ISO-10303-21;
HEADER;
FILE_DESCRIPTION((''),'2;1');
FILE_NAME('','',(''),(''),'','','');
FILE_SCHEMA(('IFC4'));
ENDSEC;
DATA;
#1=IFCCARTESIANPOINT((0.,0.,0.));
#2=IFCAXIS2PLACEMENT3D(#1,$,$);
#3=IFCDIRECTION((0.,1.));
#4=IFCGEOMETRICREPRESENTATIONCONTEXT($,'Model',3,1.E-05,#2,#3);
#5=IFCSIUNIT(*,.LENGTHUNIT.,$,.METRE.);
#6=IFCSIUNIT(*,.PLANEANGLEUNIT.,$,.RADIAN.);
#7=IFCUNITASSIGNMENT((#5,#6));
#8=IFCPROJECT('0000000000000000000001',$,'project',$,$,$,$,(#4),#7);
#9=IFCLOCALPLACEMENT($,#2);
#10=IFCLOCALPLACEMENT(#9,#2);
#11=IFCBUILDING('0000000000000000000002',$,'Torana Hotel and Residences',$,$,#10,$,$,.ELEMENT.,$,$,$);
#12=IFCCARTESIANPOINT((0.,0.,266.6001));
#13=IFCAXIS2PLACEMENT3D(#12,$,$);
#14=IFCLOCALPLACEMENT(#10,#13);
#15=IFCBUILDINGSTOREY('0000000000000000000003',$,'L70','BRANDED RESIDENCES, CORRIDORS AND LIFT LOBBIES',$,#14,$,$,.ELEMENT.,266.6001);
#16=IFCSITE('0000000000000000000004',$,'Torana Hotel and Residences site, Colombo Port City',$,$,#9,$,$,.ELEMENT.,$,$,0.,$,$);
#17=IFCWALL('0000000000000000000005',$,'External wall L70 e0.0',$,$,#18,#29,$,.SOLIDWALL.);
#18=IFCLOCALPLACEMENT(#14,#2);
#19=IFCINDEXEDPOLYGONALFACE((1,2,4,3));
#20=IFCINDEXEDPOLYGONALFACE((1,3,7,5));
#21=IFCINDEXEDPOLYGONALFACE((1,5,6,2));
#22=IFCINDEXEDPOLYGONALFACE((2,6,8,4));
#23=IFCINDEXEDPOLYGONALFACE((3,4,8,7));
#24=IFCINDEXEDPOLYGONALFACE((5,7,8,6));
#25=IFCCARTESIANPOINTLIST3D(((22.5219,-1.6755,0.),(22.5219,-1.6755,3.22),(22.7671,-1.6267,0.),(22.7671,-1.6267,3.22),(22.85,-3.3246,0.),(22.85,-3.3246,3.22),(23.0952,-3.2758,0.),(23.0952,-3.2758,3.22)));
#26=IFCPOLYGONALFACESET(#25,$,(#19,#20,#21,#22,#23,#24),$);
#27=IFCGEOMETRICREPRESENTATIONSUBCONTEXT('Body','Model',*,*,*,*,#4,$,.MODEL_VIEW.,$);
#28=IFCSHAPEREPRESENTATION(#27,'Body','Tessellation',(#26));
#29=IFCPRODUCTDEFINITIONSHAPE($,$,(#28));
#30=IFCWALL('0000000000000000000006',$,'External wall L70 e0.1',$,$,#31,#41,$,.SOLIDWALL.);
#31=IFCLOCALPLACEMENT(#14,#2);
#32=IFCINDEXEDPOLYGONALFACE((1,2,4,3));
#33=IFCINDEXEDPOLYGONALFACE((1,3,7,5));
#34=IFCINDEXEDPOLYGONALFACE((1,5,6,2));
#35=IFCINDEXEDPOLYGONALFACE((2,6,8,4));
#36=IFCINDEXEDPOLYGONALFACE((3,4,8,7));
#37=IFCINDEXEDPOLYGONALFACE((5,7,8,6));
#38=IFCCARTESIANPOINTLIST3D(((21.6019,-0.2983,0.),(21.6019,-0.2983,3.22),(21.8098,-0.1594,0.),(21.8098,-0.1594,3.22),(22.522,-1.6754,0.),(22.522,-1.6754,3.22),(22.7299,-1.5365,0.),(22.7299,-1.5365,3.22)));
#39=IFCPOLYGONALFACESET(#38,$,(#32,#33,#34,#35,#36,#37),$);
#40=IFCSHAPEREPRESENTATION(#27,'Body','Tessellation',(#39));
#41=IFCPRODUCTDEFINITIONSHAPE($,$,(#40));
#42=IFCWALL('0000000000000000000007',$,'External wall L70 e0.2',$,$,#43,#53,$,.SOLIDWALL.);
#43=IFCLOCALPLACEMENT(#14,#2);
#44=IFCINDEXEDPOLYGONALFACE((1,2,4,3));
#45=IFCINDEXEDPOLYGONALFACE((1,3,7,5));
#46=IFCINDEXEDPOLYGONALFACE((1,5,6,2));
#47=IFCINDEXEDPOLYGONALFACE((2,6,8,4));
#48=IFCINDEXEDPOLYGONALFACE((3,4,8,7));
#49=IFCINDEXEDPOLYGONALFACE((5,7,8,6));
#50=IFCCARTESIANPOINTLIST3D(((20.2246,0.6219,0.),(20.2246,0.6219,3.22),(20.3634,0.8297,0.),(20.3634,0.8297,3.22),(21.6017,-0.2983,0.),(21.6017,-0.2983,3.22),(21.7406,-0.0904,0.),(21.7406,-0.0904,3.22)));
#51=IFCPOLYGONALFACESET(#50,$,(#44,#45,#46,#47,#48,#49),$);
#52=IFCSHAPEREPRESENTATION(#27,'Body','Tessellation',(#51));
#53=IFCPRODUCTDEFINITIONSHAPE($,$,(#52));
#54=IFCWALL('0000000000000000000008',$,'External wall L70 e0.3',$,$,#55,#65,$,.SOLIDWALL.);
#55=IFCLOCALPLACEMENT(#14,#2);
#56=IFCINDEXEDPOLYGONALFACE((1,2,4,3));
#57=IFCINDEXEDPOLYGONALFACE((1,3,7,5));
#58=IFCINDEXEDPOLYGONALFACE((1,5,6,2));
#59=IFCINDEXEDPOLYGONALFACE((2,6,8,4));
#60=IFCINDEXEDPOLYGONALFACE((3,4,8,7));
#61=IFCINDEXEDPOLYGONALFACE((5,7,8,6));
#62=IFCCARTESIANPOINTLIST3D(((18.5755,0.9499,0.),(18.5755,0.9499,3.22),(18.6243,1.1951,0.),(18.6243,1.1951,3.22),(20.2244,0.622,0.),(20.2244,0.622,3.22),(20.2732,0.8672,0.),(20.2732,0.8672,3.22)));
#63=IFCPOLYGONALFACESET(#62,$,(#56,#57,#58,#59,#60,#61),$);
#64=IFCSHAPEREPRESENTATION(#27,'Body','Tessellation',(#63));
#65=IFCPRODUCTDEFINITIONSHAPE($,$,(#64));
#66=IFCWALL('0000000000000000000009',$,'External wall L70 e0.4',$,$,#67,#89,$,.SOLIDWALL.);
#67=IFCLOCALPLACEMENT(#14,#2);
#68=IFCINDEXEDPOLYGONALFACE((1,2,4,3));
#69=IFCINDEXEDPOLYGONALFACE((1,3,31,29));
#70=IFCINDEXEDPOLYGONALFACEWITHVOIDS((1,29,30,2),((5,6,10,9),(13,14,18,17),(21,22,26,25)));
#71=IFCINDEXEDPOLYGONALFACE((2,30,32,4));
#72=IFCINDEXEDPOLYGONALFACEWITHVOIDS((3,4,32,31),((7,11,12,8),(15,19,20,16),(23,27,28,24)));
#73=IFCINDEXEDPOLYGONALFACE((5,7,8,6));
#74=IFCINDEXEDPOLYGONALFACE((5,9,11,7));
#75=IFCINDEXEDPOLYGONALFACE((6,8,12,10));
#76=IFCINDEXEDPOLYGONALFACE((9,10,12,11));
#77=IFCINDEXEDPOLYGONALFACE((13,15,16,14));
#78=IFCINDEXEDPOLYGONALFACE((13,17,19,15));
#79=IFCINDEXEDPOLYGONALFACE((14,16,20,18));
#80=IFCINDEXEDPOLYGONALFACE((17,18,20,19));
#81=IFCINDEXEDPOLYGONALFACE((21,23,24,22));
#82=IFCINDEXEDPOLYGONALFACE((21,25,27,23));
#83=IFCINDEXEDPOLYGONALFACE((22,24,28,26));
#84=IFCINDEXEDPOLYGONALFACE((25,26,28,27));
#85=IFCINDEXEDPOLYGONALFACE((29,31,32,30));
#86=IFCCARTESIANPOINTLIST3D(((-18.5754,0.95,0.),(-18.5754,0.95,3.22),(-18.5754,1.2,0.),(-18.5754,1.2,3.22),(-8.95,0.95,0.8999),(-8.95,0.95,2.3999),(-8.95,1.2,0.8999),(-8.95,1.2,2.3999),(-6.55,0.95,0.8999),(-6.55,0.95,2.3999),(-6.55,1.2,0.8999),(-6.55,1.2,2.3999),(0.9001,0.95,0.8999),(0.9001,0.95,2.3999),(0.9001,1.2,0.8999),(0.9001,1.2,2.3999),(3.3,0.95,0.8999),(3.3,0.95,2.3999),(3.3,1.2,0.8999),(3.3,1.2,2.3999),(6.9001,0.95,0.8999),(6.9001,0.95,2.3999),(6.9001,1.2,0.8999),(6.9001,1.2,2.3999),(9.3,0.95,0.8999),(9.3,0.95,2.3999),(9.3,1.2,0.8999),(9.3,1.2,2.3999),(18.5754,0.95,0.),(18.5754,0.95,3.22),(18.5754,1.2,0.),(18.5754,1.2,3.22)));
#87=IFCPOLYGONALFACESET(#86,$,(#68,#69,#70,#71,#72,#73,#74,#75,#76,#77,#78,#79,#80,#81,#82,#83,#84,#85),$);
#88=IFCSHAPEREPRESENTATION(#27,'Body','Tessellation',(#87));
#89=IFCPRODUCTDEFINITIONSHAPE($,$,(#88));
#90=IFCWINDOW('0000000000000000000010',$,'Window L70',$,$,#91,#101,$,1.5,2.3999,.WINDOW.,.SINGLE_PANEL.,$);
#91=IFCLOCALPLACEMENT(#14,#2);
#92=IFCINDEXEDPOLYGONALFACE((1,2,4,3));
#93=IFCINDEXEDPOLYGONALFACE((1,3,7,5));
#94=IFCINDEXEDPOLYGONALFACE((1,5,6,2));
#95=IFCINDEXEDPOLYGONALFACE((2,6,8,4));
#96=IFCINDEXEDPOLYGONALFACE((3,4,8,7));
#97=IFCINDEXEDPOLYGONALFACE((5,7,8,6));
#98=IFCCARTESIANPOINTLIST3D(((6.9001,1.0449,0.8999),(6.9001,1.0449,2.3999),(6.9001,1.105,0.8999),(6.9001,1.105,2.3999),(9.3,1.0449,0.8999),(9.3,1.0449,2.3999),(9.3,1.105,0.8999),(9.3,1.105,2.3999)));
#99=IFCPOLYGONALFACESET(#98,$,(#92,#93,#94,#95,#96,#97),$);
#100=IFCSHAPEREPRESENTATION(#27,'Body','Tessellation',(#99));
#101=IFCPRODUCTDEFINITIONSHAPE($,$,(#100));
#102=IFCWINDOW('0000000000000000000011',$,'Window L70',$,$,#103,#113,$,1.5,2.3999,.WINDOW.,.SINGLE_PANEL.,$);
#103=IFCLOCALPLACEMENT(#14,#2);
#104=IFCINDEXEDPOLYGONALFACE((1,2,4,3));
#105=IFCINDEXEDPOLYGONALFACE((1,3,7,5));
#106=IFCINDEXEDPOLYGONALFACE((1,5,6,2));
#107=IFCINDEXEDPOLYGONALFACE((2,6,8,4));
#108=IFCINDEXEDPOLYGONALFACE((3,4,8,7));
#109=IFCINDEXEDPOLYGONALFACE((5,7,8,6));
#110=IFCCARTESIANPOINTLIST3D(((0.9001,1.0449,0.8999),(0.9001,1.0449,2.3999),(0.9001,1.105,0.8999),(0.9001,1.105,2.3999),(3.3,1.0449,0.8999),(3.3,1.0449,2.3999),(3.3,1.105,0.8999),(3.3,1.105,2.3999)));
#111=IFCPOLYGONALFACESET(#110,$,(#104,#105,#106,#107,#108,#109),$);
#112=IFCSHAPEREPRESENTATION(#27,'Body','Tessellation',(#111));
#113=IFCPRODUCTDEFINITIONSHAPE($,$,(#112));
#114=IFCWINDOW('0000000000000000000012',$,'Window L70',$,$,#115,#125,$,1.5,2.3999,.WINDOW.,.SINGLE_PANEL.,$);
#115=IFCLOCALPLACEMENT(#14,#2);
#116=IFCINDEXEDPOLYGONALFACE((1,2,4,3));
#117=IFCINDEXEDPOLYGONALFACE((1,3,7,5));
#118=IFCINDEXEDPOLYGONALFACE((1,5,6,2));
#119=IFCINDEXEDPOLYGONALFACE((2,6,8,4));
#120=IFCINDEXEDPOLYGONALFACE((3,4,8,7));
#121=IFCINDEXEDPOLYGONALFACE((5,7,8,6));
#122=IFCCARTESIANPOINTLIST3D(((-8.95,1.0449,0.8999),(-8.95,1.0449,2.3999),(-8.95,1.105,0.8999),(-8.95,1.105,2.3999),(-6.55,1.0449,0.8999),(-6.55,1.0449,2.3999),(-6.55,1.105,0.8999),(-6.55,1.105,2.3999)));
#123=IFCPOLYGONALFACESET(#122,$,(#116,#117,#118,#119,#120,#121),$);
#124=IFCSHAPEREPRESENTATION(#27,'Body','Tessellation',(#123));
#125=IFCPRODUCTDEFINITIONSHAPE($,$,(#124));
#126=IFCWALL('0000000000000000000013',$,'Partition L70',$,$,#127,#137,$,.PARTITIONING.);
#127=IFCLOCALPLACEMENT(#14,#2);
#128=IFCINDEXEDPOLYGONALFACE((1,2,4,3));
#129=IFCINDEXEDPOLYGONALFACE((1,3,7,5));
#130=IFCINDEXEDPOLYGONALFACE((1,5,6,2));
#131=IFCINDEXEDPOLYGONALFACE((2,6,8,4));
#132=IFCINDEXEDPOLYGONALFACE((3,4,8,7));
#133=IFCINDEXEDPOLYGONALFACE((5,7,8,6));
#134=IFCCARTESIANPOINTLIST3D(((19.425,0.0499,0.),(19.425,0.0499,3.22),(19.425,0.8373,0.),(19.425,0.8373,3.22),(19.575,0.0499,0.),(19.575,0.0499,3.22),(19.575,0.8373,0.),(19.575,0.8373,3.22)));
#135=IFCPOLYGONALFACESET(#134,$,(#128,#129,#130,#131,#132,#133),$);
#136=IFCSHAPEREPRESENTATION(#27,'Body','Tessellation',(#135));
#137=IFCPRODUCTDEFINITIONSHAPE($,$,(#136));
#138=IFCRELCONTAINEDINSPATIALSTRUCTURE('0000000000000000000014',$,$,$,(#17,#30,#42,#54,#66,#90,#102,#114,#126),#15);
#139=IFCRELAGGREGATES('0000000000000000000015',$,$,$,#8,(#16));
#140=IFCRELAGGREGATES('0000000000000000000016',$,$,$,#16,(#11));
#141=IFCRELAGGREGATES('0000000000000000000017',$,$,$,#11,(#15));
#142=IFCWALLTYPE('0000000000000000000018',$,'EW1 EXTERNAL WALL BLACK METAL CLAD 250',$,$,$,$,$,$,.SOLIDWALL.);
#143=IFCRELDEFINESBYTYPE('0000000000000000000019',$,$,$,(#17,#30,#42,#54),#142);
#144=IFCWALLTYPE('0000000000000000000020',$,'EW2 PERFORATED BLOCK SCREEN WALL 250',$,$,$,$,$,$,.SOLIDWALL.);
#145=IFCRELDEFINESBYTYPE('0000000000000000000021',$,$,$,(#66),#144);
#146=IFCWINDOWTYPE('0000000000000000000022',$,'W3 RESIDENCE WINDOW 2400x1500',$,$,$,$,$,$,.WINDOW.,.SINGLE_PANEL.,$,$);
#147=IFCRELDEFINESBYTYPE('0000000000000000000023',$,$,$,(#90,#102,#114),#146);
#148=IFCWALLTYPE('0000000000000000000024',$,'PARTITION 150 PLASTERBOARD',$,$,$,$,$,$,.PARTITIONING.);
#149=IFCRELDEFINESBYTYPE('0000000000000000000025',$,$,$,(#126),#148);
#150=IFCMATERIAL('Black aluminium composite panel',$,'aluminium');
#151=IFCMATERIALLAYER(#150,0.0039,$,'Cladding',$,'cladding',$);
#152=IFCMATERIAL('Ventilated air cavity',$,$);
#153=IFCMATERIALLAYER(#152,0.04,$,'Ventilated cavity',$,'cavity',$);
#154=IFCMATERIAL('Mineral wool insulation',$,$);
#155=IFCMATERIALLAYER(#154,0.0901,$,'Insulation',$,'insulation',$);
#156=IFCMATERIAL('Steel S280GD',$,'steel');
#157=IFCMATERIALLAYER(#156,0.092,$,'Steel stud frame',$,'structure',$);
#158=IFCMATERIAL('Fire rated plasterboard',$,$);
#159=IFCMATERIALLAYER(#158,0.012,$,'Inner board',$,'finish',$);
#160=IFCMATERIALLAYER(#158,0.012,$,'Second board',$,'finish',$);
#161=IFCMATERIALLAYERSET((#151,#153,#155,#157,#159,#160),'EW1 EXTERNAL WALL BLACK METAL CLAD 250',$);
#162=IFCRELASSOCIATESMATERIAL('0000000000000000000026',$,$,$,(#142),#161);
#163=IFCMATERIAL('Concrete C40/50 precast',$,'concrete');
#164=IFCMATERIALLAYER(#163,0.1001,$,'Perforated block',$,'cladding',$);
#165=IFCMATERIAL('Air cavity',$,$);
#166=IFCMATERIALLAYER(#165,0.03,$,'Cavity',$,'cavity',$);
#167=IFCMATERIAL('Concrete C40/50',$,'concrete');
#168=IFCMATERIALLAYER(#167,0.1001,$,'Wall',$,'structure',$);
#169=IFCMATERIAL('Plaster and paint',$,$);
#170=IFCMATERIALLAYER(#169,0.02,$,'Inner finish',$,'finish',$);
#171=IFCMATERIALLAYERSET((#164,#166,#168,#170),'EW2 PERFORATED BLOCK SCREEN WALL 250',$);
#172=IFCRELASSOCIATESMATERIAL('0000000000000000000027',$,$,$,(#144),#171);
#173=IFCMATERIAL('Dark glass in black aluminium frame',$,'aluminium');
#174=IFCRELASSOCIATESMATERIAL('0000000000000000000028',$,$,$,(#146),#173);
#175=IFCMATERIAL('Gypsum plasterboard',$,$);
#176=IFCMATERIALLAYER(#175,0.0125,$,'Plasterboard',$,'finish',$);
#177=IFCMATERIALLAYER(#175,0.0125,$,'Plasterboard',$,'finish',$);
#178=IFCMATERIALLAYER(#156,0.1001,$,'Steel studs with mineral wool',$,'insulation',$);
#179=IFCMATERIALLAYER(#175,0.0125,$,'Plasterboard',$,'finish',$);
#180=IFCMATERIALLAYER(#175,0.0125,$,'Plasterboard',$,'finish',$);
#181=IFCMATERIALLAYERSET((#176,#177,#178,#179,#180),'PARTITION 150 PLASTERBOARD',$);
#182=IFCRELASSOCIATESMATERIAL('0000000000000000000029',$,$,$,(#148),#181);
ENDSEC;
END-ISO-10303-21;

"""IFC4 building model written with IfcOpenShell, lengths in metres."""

from ifc_helpers import new_model, si_unit, direction, frame, frame_2d, origin, place, context, subcontext, project, spatial, rectangle, extrude, material, layer, layer_set, type_object, element, fill, save


model = new_model("IFC4")

# Units and contexts
model_context = context("Model", 3, precision=1e-05, world=origin(), true_north=direction((0.0, 1.0)))
body_context = subcontext(model_context, "Body", "Model", "MODEL_VIEW")
ifc_project = project(units=[si_unit("LENGTHUNIT", "METRE"), si_unit("PLANEANGLEUNIT", "RADIAN")], contexts=[model_context])

# Site, building, storey
site_placement = place(None, origin())
site = spatial("IfcSite", under=ifc_project, at=site_placement, Name="Torana Hotel and Residences site, Colombo Port City", CompositionType="ELEMENT", RefElevation=0.0)
building_placement = place(site_placement, origin())
building = spatial("IfcBuilding", under=site, at=building_placement, Name="Torana Hotel and Residences", CompositionType="ELEMENT")
storey_placement = place(building_placement, frame((0.0, 0.0, 266.6001)))
storey = spatial("IfcBuildingStorey", under=building, at=storey_placement, Name="L70", Description="BRANDED RESIDENCES, CORRIDORS AND LIFT LOBBIES", CompositionType="ELEMENT", Elevation=266.6001)

# Walls
ifc_material_1 = material(Name="Black aluminium composite panel", Category="aluminium")
ifc_layer_1 = layer(ifc_material_1, 0.0039, Name="Cladding", Category="cladding")
ifc_material_2 = material(Name="Ventilated air cavity")
ifc_layer_2 = layer(ifc_material_2, 0.04, Name="Ventilated cavity", Category="cavity")
ifc_material_3 = material(Name="Mineral wool insulation")
ifc_layer_3 = layer(ifc_material_3, 0.0901, Name="Insulation", Category="insulation")
ifc_material_4 = material(Name="Steel S280GD", Category="steel")
ifc_layer_4 = layer(ifc_material_4, 0.092, Name="Steel stud frame", Category="structure")
ifc_material_5 = material(Name="Fire rated plasterboard")
ifc_layer_5 = layer(ifc_material_5, 0.012, Name="Inner board", Category="finish")
ifc_layer_6 = layer(ifc_material_5, 0.012, Name="Second board", Category="finish")
ifc_layer_set_1 = layer_set([ifc_layer_1, ifc_layer_2, ifc_layer_3, ifc_layer_4, ifc_layer_5, ifc_layer_6], Name="EW1 EXTERNAL WALL BLACK METAL CLAD 250")
wall_type_1 = type_object("IfcWallType", Name="EW1 EXTERNAL WALL BLACK METAL CLAD 250", PredefinedType="SOLIDWALL", material=ifc_layer_set_1)
wall_1_placement = place(storey_placement, frame((22.9727, -3.3003, 0.0), z_axis=(0.0, 0.0, 1.0), x_axis=(-0.195139, 0.980776, 0.0)))
element("IfcWall", 1, at=wall_1_placement, inside=storey, type_object=wall_type_1, Name="External wall L70 e0.0", PredefinedType="SOLIDWALL", context=body_context, shape_type="SweptSolid", body=[
    extrude(rectangle(XDim=1.6814, YDim=0.25, at=frame_2d((0.8408, 0.0))), origin(), (0.0, 0.0, 1.0), 3.22),
])
for number, where, z_axis, x_axis, name in (
    (2, (22.626, -1.606, 0.0), (0.0, 0.0, 1.0), (-0.55555, 0.831483, 0.0), "External wall L70 e0.1"),
    (3, (21.6711, -0.1943, 0.0), (0.0, 0.0, 1.0), (-0.831483, 0.55555, 0.0), "External wall L70 e0.2"),
):
    element("IfcWall", number, at=place(storey_placement, frame(where, z_axis=z_axis, x_axis=x_axis)), inside=storey, type_object=wall_type_1, Name=name, PredefinedType="SOLIDWALL", context=body_context, shape_type="SweptSolid", body=[
        extrude(rectangle(XDim=1.6562, YDim=0.25, at=frame_2d((0.8281, 0.0))), origin(), (0.0, 0.0, 1.0), 3.22),
    ])
wall_2_placement = place(storey_placement, frame((20.2488, 0.7446, 0.0), z_axis=(0.0, 0.0, 1.0), x_axis=(-0.980798, 0.195027, 0.0)))
element("IfcWall", 4, at=wall_2_placement, inside=storey, type_object=wall_type_1, Name="External wall L70 e0.3", PredefinedType="SOLIDWALL", context=body_context, shape_type="SweptSolid", body=[
    extrude(rectangle(XDim=1.6812, YDim=0.25, at=frame_2d((0.8406, 0.0))), origin(), (0.0, 0.0, 1.0), 3.22),
])

# Wall, openings, windows
ifc_material_6 = material(Name="Concrete C40/50 precast", Category="concrete")
ifc_layer_7 = layer(ifc_material_6, 0.1001, Name="Perforated block", Category="cladding")
ifc_material_7 = material(Name="Air cavity")
ifc_layer_8 = layer(ifc_material_7, 0.03, Name="Cavity", Category="cavity")
ifc_material_8 = material(Name="Concrete C40/50", Category="concrete")
ifc_layer_9 = layer(ifc_material_8, 0.1001, Name="Wall", Category="structure")
ifc_material_9 = material(Name="Plaster and paint")
ifc_layer_10 = layer(ifc_material_9, 0.02, Name="Inner finish", Category="finish")
ifc_layer_set_2 = layer_set([ifc_layer_7, ifc_layer_8, ifc_layer_9, ifc_layer_10], Name="EW2 PERFORATED BLOCK SCREEN WALL 250")
wall_type_2 = type_object("IfcWallType", Name="EW2 PERFORATED BLOCK SCREEN WALL 250", PredefinedType="SOLIDWALL", material=ifc_layer_set_2)
wall_3_placement = place(storey_placement, frame((18.5754, 1.075, 0.0), z_axis=(0.0, 0.0, 1.0), x_axis=(-1.0, 0.0, 0.0)))
wall_3 = element("IfcWall", 5, at=wall_3_placement, inside=storey, type_object=wall_type_2, Name="External wall L70 e0.4", PredefinedType="SOLIDWALL", context=body_context, shape_type="SweptSolid", body=[
    extrude(rectangle(XDim=37.1509, YDim=0.25, at=frame_2d((18.5754, 0.0))), origin(), (0.0, 0.0, 1.0), 3.22),
])
opening_1_placement = place(wall_3_placement, frame((9.2754, 0.0, 0.8999)))
opening_1 = element("IfcOpeningElement", 6, at=opening_1_placement, cuts=wall_3, PredefinedType="OPENING", context=body_context, shape_type="SweptSolid", body=[
    extrude(rectangle(XDim=2.3999, YDim=1.5, at=frame_2d((1.2, 0.75))), frame((0.0, 0.135, 0.0), z_axis=(0.0, -1.0, 0.0), x_axis=(1.0, 0.0, 0.0)), (0.0, 0.0, 1.0), 0.27),
])
opening_2_placement = place(wall_3_placement, frame((15.2754, 0.0, 0.8999)))
opening_2 = element("IfcOpeningElement", 7, at=opening_2_placement, cuts=wall_3, PredefinedType="OPENING", context=body_context, shape_type="SweptSolid", body=[
    extrude(rectangle(XDim=2.3999, YDim=1.5, at=frame_2d((1.2, 0.75))), frame((0.0, 0.135, 0.0), z_axis=(0.0, -1.0, 0.0), x_axis=(1.0, 0.0, 0.0)), (0.0, 0.0, 1.0), 0.27),
])
opening_3_placement = place(wall_3_placement, frame((25.1255, 0.0, 0.8999)))
opening_3 = element("IfcOpeningElement", 8, at=opening_3_placement, cuts=wall_3, PredefinedType="OPENING", context=body_context, shape_type="SweptSolid", body=[
    extrude(rectangle(XDim=2.3999, YDim=1.5, at=frame_2d((1.2, 0.75))), frame((0.0, 0.135, 0.0), z_axis=(0.0, -1.0, 0.0), x_axis=(1.0, 0.0, 0.0)), (0.0, 0.0, 1.0), 0.27),
])
ifc_material_10 = material(Name="Dark glass in black aluminium frame", Category="aluminium")
window_type = type_object("IfcWindowType", Name="W3 RESIDENCE WINDOW 2400x1500", PartitioningType="SINGLE_PANEL", PredefinedType="WINDOW", material=ifc_material_10)
window_1_placement = place(opening_1_placement, origin())
window_1 = element("IfcWindow", 9, at=window_1_placement, inside=storey, type_object=window_type, Name="Window L70", OverallHeight=1.5, OverallWidth=2.3999, PartitioningType="SINGLE_PANEL", PredefinedType="WINDOW", context=body_context, shape_type="SweptSolid", body=[
    extrude(rectangle(XDim=2.3999, YDim=1.5, at=frame_2d((1.2, 0.75))), frame((0.0, 0.03, 0.0), z_axis=(0.0, -1.0, 0.0), x_axis=(1.0, 0.0, 0.0)), (0.0, 0.0, 1.0), 0.0601),
])
fill(opening_1, window_1)
window_2_placement = place(opening_2_placement, origin())
window_2 = element("IfcWindow", 10, at=window_2_placement, inside=storey, type_object=window_type, Name="Window L70", OverallHeight=1.5, OverallWidth=2.3999, PartitioningType="SINGLE_PANEL", PredefinedType="WINDOW", context=body_context, shape_type="SweptSolid", body=[
    extrude(rectangle(XDim=2.3999, YDim=1.5, at=frame_2d((1.2, 0.75))), frame((0.0, 0.03, 0.0), z_axis=(0.0, -1.0, 0.0), x_axis=(1.0, 0.0, 0.0)), (0.0, 0.0, 1.0), 0.0601),
])
fill(opening_2, window_2)
window_3_placement = place(opening_3_placement, origin())
window_3 = element("IfcWindow", 11, at=window_3_placement, inside=storey, type_object=window_type, Name="Window L70", OverallHeight=1.5, OverallWidth=2.3999, PartitioningType="SINGLE_PANEL", PredefinedType="WINDOW", context=body_context, shape_type="SweptSolid", body=[
    extrude(rectangle(XDim=2.3999, YDim=1.5, at=frame_2d((1.2, 0.75))), frame((0.0, 0.03, 0.0), z_axis=(0.0, -1.0, 0.0), x_axis=(1.0, 0.0, 0.0)), (0.0, 0.0, 1.0), 0.0601),
])
fill(opening_3, window_3)

# Wall
ifc_material_11 = material(Name="Gypsum plasterboard")
ifc_layer_11 = layer(ifc_material_11, 0.0125, Name="Plasterboard", Category="finish")
ifc_layer_12 = layer(ifc_material_11, 0.0125, Name="Plasterboard", Category="finish")
ifc_layer_13 = layer(ifc_material_4, 0.1001, Name="Steel studs with mineral wool", Category="insulation")
ifc_layer_14 = layer(ifc_material_11, 0.0125, Name="Plasterboard", Category="finish")
ifc_layer_15 = layer(ifc_material_11, 0.0125, Name="Plasterboard", Category="finish")
ifc_layer_set_3 = layer_set([ifc_layer_11, ifc_layer_12, ifc_layer_13, ifc_layer_14, ifc_layer_15], Name="PARTITION 150 PLASTERBOARD")
wall_type_3 = type_object("IfcWallType", Name="PARTITION 150 PLASTERBOARD", PredefinedType="PARTITIONING", material=ifc_layer_set_3)
wall_4_placement = place(storey_placement, frame((19.5, 0.05, 0.0), z_axis=(0.0, 0.0, 1.0), x_axis=(0.0, 1.0, 0.0)))
element("IfcWall", 12, at=wall_4_placement, inside=storey, type_object=wall_type_3, Name="Partition L70", PredefinedType="PARTITIONING", context=body_context, shape_type="SweptSolid", body=[
    extrude(rectangle(XDim=0.7874, YDim=0.1499, at=frame_2d((0.3936, 0.0))), origin(), (0.0, 0.0, 1.0), 3.22),
])

save(model, "model.ifc")
